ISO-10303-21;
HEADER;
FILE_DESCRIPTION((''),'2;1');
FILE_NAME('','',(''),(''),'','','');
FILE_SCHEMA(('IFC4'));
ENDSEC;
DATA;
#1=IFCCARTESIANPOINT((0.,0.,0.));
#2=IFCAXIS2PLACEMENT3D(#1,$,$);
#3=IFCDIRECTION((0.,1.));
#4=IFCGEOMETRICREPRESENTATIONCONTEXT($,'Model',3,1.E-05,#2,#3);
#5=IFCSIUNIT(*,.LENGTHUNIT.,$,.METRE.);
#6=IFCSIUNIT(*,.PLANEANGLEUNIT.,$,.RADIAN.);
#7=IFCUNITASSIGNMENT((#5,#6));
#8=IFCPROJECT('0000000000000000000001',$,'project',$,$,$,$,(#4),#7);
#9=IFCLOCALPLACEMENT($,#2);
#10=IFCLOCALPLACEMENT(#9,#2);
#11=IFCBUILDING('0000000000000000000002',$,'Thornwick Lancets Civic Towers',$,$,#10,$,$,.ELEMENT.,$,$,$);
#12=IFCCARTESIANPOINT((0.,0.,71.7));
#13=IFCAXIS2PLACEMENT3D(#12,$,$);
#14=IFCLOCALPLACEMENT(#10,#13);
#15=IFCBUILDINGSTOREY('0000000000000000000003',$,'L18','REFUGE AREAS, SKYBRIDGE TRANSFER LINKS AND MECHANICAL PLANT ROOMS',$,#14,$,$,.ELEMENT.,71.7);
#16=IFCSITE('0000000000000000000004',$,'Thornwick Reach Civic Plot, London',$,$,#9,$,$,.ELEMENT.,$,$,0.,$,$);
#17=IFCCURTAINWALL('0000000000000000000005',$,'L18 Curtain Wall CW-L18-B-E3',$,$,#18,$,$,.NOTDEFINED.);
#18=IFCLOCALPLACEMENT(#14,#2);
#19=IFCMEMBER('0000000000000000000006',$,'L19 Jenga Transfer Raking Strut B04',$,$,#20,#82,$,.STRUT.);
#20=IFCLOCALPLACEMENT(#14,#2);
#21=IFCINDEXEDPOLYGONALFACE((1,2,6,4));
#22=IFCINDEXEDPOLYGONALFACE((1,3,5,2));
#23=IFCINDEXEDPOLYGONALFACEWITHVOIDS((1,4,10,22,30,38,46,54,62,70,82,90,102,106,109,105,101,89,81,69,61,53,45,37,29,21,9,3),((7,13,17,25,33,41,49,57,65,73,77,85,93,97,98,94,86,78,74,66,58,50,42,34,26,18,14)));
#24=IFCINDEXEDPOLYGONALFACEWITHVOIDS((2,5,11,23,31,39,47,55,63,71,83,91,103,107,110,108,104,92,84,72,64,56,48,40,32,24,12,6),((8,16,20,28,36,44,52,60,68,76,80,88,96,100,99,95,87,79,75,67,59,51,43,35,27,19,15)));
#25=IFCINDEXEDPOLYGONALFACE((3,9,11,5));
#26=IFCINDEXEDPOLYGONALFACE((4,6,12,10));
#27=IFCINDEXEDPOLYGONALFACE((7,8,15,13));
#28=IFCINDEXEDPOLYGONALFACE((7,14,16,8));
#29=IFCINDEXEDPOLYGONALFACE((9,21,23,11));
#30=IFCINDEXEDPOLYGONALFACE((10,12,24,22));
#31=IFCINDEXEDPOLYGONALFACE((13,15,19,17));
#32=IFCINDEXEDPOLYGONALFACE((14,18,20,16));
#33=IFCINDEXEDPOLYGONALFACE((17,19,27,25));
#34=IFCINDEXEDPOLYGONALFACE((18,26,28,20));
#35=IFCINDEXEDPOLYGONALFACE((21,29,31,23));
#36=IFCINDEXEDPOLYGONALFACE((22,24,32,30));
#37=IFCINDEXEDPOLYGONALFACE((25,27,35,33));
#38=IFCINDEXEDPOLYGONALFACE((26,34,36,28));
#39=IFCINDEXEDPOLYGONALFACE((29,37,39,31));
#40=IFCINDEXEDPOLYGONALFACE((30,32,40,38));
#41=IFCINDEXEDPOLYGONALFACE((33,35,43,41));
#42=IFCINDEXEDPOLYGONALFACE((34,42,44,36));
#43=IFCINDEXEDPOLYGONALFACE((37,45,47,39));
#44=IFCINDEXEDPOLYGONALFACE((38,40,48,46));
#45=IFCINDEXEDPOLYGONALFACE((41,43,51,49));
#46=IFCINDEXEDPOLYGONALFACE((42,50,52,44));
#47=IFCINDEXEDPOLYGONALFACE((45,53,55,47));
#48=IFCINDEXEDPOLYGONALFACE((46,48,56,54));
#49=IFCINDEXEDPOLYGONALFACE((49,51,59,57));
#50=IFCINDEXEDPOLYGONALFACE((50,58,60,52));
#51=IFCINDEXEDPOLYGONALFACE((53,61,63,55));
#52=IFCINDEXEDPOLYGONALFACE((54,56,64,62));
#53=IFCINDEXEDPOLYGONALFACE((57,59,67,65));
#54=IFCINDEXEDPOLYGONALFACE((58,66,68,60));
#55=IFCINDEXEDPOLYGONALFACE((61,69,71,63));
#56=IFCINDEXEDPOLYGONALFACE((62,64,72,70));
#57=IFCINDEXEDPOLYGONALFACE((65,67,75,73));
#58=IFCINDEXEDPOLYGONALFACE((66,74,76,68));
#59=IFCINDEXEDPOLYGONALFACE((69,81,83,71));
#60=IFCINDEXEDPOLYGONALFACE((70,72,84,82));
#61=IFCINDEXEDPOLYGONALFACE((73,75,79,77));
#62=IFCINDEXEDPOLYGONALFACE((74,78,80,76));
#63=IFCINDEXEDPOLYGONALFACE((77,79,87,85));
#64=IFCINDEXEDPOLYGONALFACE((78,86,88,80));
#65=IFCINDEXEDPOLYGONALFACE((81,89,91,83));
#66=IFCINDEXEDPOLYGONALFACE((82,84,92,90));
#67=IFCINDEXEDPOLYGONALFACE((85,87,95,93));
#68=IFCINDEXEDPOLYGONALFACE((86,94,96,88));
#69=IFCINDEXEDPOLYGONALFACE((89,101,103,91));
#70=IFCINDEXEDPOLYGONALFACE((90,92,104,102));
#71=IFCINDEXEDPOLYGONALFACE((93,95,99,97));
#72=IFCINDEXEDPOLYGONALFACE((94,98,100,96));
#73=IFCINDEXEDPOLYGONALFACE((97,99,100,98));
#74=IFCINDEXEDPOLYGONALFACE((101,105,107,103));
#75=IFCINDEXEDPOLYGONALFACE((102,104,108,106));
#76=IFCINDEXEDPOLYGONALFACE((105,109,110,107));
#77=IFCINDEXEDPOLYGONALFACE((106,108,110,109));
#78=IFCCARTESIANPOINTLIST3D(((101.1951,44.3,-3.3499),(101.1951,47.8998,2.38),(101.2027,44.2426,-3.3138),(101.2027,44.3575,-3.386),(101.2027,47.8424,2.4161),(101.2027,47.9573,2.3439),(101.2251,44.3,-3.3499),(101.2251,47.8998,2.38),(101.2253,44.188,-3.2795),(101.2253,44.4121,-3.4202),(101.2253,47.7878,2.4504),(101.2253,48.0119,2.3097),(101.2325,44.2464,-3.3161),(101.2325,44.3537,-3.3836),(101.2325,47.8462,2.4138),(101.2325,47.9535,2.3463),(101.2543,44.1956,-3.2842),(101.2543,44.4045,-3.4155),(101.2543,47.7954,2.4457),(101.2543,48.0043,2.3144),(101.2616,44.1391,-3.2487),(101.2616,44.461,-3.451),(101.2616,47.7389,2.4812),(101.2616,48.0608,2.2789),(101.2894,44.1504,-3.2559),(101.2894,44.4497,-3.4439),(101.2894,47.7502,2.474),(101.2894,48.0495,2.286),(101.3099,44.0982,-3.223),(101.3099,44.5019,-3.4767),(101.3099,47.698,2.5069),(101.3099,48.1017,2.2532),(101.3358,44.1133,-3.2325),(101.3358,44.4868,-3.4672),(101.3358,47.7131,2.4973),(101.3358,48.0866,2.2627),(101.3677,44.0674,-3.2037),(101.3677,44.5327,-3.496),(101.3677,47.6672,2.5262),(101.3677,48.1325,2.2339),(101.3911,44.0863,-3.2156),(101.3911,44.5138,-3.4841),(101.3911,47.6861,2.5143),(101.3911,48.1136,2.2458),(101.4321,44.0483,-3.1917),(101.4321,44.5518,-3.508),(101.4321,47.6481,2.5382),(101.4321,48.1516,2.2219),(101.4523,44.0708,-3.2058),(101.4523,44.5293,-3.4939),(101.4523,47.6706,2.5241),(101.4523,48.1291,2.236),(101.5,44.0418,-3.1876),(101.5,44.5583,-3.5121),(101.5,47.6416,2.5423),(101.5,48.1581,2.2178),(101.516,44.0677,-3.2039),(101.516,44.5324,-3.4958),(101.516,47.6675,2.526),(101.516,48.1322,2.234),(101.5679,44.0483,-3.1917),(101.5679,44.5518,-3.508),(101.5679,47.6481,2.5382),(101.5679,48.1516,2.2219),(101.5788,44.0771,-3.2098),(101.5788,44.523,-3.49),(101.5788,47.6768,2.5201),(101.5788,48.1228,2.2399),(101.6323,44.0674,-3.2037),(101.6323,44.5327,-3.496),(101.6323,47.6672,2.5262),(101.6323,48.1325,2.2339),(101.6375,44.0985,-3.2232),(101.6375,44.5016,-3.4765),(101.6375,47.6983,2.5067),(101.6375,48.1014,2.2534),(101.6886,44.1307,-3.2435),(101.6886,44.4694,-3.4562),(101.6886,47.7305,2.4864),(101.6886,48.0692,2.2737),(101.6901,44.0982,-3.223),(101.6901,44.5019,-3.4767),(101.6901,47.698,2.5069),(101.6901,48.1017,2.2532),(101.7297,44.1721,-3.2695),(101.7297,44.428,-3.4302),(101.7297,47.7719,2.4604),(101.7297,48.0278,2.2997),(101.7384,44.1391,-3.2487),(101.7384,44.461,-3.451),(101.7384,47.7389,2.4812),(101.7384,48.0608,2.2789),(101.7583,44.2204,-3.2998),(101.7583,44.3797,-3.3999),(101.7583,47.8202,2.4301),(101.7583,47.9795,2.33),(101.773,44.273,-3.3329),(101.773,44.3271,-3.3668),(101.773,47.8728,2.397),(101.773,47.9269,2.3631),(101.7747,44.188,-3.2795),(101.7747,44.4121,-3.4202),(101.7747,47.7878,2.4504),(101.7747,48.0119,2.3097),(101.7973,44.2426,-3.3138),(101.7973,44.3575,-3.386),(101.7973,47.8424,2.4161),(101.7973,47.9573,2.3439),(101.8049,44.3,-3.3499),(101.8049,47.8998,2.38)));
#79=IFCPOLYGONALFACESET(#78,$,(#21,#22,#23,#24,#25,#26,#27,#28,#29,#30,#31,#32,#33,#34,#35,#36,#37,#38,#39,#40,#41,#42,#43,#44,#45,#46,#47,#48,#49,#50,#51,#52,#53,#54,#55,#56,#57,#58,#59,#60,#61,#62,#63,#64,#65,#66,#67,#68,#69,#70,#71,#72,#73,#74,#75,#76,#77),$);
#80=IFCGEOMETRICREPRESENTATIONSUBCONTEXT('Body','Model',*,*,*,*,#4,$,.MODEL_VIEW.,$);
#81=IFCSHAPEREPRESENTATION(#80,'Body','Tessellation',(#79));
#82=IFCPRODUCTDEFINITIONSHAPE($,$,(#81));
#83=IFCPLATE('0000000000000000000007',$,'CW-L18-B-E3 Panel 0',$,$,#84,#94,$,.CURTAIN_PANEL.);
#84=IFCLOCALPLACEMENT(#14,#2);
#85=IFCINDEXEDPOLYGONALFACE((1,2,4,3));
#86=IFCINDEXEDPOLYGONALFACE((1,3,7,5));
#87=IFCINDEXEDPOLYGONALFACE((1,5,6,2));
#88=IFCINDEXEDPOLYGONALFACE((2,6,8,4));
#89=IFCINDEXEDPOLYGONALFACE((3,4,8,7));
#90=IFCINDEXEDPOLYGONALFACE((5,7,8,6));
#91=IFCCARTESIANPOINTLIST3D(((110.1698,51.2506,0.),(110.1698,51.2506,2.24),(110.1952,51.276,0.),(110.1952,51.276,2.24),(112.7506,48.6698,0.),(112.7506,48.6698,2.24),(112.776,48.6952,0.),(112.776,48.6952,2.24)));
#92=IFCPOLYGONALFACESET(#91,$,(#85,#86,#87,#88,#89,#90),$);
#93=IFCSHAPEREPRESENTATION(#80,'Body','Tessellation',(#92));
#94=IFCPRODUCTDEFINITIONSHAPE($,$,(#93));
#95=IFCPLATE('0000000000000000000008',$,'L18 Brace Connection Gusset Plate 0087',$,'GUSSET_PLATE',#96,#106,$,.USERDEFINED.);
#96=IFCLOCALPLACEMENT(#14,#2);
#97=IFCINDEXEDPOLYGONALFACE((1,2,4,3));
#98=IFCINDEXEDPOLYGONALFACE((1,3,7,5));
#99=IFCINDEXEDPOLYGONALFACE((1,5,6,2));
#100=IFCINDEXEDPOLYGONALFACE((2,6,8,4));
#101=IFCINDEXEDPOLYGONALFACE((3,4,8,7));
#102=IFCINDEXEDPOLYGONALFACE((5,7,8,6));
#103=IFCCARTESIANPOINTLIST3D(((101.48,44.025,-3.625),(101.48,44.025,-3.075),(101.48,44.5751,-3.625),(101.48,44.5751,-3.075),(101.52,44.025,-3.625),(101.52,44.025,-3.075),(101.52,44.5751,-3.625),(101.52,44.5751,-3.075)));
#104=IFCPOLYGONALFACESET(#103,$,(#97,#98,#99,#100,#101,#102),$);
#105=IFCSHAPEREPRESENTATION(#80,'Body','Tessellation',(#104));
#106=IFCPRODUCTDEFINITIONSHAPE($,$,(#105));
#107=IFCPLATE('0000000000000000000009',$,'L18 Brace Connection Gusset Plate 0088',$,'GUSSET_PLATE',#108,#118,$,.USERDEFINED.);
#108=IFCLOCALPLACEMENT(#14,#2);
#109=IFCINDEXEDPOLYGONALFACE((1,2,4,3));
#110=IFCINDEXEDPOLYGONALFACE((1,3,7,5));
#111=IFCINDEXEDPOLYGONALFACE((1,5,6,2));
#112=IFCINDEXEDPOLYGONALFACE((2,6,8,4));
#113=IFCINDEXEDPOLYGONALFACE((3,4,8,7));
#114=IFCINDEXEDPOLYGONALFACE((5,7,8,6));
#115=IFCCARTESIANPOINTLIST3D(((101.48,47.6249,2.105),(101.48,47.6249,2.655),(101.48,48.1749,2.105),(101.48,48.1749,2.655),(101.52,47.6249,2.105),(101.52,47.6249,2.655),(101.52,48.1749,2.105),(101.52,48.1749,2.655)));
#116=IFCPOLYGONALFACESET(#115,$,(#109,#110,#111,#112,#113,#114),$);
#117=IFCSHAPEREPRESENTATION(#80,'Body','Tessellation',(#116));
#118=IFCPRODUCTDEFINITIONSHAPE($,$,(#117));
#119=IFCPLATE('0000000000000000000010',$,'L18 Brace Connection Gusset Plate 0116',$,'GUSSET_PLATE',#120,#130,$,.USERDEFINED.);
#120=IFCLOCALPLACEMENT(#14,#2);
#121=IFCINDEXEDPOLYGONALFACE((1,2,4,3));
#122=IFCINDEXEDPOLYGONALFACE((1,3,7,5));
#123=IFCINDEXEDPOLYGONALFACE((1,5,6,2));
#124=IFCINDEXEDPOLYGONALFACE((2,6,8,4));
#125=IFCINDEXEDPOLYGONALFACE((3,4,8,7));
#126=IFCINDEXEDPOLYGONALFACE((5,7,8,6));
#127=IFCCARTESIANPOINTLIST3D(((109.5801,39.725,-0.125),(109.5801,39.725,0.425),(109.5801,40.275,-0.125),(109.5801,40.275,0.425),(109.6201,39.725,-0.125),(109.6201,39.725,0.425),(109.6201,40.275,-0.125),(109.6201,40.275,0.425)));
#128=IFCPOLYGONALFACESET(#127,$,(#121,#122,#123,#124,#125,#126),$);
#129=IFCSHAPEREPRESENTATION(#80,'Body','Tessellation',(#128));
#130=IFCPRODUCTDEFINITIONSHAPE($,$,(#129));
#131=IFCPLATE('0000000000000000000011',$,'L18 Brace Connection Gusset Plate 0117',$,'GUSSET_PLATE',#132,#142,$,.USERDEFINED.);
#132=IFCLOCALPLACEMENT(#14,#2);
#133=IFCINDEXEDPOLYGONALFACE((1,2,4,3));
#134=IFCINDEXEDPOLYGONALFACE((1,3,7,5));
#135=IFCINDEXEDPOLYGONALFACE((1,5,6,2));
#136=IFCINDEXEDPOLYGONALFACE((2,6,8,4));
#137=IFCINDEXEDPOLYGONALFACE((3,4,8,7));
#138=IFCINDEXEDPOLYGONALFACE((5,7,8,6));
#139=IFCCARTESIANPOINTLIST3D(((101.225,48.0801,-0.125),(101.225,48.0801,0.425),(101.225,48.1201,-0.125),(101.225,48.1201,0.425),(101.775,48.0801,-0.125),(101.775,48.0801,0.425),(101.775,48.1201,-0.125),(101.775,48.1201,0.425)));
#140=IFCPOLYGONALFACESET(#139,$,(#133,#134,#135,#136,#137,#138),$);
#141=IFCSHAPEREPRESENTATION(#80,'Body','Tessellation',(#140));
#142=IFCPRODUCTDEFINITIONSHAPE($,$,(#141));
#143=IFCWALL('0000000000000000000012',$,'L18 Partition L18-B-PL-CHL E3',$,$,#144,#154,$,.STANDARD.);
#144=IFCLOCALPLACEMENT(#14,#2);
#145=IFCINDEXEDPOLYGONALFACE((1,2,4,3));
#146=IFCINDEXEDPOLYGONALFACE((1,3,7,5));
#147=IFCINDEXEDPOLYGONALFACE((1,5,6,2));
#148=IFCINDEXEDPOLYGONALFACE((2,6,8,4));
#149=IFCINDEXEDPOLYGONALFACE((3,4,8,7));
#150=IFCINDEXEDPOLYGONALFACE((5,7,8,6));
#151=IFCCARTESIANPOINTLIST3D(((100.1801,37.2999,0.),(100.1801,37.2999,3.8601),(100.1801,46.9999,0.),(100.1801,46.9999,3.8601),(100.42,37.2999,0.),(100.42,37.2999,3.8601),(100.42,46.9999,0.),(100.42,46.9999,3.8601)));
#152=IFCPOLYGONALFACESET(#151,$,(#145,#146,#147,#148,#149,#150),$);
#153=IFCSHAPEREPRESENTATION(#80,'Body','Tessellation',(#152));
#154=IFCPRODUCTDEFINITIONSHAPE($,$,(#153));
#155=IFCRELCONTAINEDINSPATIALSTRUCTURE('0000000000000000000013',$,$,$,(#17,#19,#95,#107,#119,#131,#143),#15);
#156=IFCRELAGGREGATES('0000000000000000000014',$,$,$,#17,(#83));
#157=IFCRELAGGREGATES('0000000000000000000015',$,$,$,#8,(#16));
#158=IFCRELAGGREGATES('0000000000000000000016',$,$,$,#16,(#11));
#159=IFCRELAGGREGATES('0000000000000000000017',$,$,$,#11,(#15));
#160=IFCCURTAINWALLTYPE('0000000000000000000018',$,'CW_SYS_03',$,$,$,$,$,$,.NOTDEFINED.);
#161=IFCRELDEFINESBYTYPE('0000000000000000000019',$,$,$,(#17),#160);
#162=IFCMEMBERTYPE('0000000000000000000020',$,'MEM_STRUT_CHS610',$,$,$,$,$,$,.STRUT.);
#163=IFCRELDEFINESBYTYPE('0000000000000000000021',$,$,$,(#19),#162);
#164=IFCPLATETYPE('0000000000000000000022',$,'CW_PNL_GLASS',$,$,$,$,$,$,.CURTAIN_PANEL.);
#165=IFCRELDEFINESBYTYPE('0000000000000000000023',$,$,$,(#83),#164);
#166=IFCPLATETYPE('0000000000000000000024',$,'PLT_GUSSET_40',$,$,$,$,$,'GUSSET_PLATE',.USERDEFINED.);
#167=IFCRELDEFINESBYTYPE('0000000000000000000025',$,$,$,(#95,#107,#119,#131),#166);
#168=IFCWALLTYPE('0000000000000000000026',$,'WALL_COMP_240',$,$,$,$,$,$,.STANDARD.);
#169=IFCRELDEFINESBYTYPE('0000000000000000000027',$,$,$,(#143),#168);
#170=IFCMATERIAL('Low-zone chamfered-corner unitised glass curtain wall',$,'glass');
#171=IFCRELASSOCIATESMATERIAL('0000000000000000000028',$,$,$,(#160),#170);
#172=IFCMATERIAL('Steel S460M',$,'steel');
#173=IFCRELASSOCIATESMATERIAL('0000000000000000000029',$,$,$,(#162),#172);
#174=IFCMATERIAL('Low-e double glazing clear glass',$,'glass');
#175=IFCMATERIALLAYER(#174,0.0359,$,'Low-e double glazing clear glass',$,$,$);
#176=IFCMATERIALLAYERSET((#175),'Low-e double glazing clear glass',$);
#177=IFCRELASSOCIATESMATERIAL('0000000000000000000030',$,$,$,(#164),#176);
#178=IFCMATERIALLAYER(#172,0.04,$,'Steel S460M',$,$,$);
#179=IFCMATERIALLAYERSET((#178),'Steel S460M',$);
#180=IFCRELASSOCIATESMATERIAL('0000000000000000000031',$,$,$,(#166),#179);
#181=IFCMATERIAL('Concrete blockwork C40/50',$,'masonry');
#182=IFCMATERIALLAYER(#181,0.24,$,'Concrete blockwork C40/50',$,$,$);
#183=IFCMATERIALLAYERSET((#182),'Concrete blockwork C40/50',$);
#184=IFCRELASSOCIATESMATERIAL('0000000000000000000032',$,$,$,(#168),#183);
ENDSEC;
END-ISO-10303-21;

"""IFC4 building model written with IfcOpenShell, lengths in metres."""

from ifc_helpers import new_model, si_unit, direction, frame, frame_2d, origin, origin_2d, place, context, subcontext, project, spatial, rectangle, hollow_circle, extrude, material, layer, layer_set, material_profile, profile_set, type_object, element, aggregate, save


model = new_model("IFC4")

# Units and contexts
model_context = context("Model", 3, precision=1e-05, world=origin(), true_north=direction((0.0, 1.0)))
body_context = subcontext(model_context, "Body", "Model", "MODEL_VIEW")
ifc_project = project(units=[si_unit("LENGTHUNIT", "METRE"), si_unit("PLANEANGLEUNIT", "RADIAN")], contexts=[model_context])

# Site, building, storey
site_placement = place(None, origin())
site = spatial("IfcSite", under=ifc_project, at=site_placement, Name="Thornwick Reach Civic Plot, London", CompositionType="ELEMENT", RefElevation=0.0)
building_placement = place(site_placement, origin())
building = spatial("IfcBuilding", under=site, at=building_placement, Name="Thornwick Lancets Civic Towers", CompositionType="ELEMENT")
storey_placement = place(building_placement, frame((0.0, 0.0, 71.7)))
storey = spatial("IfcBuildingStorey", under=building, at=storey_placement, Name="L18", Description="REFUGE AREAS, SKYBRIDGE TRANSFER LINKS AND MECHANICAL PLANT ROOMS", CompositionType="ELEMENT", Elevation=71.7)

# Shared definitions
ifc_material_1 = material(Name="Steel S460M", Category="steel")

# Curtain wall
ifc_material_2 = material(Name="Low-zone chamfered-corner unitised glass curtain wall", Category="glass")
curtain_wall_type = type_object("IfcCurtainWallType", Name="CW_SYS_03", PredefinedType="NOTDEFINED", material=ifc_material_2)
curtain_wall_placement = place(storey_placement, origin())
curtain_wall = element("IfcCurtainWall", 1, at=curtain_wall_placement, inside=storey, type_object=curtain_wall_type, Name="L18 Curtain Wall CW-L18-B-E3", PredefinedType="NOTDEFINED")

# Member
ifc_material_profile_1 = material_profile(ifc_material_1, hollow_circle(Radius=0.3049, WallThickness=0.03, at=origin_2d()), Name="CHS 610x30")
ifc_profile_set_1 = profile_set([ifc_material_profile_1], Name="Steel S460M")
member_type_1 = type_object("IfcMemberType", Name="MEM_STRUT_CHS610", PredefinedType="STRUT", material=ifc_profile_set_1)
member_1_placement = place(storey_placement, frame((101.5, 44.3, -3.3499), z_axis=(0.0, 0.531976, 0.84676), x_axis=(-1.0, 0.0, 0.0)))
element("IfcMember", 2, at=member_1_placement, inside=storey, type_object=member_type_1, Name="L19 Jenga Transfer Raking Strut B04", PredefinedType="STRUT", context=body_context, shape_type="SweptSolid", body=[
    extrude(hollow_circle(Radius=0.3049, WallThickness=0.03, at=origin_2d()), origin(), (0.0, 0.0, 1.0), 6.7668),
])

# Plate
ifc_material_3 = material(Name="Low-e double glazing clear glass", Category="glass")
ifc_layer_1 = layer(ifc_material_3, 0.0359, Name="Low-e double glazing clear glass")
ifc_layer_set_1 = layer_set([ifc_layer_1], Name="Low-e double glazing clear glass")
plate_type_1 = type_object("IfcPlateType", Name="CW_PNL_GLASS", PredefinedType="CURTAIN_PANEL", material=ifc_layer_set_1)
plate_placement = place(storey_placement, frame((111.4729, 49.9729, 0.0), z_axis=(0.0, 0.0, 1.0), x_axis=(-0.707107, 0.707107, 0.0)))
plate = element("IfcPlate", 3, at=plate_placement, type_object=plate_type_1, Name="CW-L18-B-E3 Panel 0", PredefinedType="CURTAIN_PANEL", context=body_context, shape_type="SweptSolid", body=[
    extrude(rectangle(XDim=3.6499, YDim=0.0359, at=origin_2d()), origin(), (0.0, 0.0, 1.0), 2.24),
])
aggregate(curtain_wall, [plate])

# Plates
ifc_layer_2 = layer(ifc_material_1, 0.04, Name="Steel S460M")
ifc_layer_set_2 = layer_set([ifc_layer_2], Name="Steel S460M")
plate_type_2 = type_object("IfcPlateType", Name="PLT_GUSSET_40", ElementType="GUSSET_PLATE", PredefinedType="USERDEFINED", material=ifc_layer_set_2)
for number, where, z_axis, x_axis, name in (
    (4, (101.5, 44.3, -3.625), (0.0, 0.0, 1.0), (0.0, 1.0, 0.0), "L18 Brace Connection Gusset Plate 0087"),
    (5, (101.5, 47.8999, 2.105), (0.0, 0.0, 1.0), (0.0, 1.0, 0.0), "L18 Brace Connection Gusset Plate 0088"),
    (6, (109.6001, 40.0, -0.125), (0.0, 0.0, 1.0), (0.0, -1.0, 0.0), "L18 Brace Connection Gusset Plate 0116"),
    (7, (101.5, 48.1001, -0.125), (0.0, 0.0, 1.0), (-1.0, 0.0, 0.0), "L18 Brace Connection Gusset Plate 0117"),
):
    element("IfcPlate", number, at=place(storey_placement, frame(where, z_axis=z_axis, x_axis=x_axis)), inside=storey, type_object=plate_type_2, Name=name, ObjectType="GUSSET_PLATE", PredefinedType="USERDEFINED", context=body_context, shape_type="SweptSolid", body=[
        extrude(rectangle(XDim=0.55, YDim=0.04, at=origin_2d()), origin(), (0.0, 0.0, 1.0), 0.55),
    ])

# Wall
ifc_material_4 = material(Name="Concrete blockwork C40/50", Category="masonry")
ifc_layer_3 = layer(ifc_material_4, 0.24, Name="Concrete blockwork C40/50")
ifc_layer_set_3 = layer_set([ifc_layer_3], Name="Concrete blockwork C40/50")
wall_type_1 = type_object("IfcWallType", Name="WALL_COMP_240", PredefinedType="STANDARD", material=ifc_layer_set_3)
wall_1_placement = place(storey_placement, frame((100.3, 47.0, 0.0), z_axis=(0.0, 0.0, 1.0), x_axis=(0.0, -1.0, 0.0)))
element("IfcWall", 8, at=wall_1_placement, inside=storey, type_object=wall_type_1, Name="L18 Partition L18-B-PL-CHL E3", PredefinedType="STANDARD", context=body_context, shape_type="SweptSolid", body=[
    extrude(rectangle(XDim=9.7, YDim=0.24, at=frame_2d((4.8501, 0.0))), origin(), (0.0, 0.0, 1.0), 3.8601),
])

save(model, "model.ifc")
